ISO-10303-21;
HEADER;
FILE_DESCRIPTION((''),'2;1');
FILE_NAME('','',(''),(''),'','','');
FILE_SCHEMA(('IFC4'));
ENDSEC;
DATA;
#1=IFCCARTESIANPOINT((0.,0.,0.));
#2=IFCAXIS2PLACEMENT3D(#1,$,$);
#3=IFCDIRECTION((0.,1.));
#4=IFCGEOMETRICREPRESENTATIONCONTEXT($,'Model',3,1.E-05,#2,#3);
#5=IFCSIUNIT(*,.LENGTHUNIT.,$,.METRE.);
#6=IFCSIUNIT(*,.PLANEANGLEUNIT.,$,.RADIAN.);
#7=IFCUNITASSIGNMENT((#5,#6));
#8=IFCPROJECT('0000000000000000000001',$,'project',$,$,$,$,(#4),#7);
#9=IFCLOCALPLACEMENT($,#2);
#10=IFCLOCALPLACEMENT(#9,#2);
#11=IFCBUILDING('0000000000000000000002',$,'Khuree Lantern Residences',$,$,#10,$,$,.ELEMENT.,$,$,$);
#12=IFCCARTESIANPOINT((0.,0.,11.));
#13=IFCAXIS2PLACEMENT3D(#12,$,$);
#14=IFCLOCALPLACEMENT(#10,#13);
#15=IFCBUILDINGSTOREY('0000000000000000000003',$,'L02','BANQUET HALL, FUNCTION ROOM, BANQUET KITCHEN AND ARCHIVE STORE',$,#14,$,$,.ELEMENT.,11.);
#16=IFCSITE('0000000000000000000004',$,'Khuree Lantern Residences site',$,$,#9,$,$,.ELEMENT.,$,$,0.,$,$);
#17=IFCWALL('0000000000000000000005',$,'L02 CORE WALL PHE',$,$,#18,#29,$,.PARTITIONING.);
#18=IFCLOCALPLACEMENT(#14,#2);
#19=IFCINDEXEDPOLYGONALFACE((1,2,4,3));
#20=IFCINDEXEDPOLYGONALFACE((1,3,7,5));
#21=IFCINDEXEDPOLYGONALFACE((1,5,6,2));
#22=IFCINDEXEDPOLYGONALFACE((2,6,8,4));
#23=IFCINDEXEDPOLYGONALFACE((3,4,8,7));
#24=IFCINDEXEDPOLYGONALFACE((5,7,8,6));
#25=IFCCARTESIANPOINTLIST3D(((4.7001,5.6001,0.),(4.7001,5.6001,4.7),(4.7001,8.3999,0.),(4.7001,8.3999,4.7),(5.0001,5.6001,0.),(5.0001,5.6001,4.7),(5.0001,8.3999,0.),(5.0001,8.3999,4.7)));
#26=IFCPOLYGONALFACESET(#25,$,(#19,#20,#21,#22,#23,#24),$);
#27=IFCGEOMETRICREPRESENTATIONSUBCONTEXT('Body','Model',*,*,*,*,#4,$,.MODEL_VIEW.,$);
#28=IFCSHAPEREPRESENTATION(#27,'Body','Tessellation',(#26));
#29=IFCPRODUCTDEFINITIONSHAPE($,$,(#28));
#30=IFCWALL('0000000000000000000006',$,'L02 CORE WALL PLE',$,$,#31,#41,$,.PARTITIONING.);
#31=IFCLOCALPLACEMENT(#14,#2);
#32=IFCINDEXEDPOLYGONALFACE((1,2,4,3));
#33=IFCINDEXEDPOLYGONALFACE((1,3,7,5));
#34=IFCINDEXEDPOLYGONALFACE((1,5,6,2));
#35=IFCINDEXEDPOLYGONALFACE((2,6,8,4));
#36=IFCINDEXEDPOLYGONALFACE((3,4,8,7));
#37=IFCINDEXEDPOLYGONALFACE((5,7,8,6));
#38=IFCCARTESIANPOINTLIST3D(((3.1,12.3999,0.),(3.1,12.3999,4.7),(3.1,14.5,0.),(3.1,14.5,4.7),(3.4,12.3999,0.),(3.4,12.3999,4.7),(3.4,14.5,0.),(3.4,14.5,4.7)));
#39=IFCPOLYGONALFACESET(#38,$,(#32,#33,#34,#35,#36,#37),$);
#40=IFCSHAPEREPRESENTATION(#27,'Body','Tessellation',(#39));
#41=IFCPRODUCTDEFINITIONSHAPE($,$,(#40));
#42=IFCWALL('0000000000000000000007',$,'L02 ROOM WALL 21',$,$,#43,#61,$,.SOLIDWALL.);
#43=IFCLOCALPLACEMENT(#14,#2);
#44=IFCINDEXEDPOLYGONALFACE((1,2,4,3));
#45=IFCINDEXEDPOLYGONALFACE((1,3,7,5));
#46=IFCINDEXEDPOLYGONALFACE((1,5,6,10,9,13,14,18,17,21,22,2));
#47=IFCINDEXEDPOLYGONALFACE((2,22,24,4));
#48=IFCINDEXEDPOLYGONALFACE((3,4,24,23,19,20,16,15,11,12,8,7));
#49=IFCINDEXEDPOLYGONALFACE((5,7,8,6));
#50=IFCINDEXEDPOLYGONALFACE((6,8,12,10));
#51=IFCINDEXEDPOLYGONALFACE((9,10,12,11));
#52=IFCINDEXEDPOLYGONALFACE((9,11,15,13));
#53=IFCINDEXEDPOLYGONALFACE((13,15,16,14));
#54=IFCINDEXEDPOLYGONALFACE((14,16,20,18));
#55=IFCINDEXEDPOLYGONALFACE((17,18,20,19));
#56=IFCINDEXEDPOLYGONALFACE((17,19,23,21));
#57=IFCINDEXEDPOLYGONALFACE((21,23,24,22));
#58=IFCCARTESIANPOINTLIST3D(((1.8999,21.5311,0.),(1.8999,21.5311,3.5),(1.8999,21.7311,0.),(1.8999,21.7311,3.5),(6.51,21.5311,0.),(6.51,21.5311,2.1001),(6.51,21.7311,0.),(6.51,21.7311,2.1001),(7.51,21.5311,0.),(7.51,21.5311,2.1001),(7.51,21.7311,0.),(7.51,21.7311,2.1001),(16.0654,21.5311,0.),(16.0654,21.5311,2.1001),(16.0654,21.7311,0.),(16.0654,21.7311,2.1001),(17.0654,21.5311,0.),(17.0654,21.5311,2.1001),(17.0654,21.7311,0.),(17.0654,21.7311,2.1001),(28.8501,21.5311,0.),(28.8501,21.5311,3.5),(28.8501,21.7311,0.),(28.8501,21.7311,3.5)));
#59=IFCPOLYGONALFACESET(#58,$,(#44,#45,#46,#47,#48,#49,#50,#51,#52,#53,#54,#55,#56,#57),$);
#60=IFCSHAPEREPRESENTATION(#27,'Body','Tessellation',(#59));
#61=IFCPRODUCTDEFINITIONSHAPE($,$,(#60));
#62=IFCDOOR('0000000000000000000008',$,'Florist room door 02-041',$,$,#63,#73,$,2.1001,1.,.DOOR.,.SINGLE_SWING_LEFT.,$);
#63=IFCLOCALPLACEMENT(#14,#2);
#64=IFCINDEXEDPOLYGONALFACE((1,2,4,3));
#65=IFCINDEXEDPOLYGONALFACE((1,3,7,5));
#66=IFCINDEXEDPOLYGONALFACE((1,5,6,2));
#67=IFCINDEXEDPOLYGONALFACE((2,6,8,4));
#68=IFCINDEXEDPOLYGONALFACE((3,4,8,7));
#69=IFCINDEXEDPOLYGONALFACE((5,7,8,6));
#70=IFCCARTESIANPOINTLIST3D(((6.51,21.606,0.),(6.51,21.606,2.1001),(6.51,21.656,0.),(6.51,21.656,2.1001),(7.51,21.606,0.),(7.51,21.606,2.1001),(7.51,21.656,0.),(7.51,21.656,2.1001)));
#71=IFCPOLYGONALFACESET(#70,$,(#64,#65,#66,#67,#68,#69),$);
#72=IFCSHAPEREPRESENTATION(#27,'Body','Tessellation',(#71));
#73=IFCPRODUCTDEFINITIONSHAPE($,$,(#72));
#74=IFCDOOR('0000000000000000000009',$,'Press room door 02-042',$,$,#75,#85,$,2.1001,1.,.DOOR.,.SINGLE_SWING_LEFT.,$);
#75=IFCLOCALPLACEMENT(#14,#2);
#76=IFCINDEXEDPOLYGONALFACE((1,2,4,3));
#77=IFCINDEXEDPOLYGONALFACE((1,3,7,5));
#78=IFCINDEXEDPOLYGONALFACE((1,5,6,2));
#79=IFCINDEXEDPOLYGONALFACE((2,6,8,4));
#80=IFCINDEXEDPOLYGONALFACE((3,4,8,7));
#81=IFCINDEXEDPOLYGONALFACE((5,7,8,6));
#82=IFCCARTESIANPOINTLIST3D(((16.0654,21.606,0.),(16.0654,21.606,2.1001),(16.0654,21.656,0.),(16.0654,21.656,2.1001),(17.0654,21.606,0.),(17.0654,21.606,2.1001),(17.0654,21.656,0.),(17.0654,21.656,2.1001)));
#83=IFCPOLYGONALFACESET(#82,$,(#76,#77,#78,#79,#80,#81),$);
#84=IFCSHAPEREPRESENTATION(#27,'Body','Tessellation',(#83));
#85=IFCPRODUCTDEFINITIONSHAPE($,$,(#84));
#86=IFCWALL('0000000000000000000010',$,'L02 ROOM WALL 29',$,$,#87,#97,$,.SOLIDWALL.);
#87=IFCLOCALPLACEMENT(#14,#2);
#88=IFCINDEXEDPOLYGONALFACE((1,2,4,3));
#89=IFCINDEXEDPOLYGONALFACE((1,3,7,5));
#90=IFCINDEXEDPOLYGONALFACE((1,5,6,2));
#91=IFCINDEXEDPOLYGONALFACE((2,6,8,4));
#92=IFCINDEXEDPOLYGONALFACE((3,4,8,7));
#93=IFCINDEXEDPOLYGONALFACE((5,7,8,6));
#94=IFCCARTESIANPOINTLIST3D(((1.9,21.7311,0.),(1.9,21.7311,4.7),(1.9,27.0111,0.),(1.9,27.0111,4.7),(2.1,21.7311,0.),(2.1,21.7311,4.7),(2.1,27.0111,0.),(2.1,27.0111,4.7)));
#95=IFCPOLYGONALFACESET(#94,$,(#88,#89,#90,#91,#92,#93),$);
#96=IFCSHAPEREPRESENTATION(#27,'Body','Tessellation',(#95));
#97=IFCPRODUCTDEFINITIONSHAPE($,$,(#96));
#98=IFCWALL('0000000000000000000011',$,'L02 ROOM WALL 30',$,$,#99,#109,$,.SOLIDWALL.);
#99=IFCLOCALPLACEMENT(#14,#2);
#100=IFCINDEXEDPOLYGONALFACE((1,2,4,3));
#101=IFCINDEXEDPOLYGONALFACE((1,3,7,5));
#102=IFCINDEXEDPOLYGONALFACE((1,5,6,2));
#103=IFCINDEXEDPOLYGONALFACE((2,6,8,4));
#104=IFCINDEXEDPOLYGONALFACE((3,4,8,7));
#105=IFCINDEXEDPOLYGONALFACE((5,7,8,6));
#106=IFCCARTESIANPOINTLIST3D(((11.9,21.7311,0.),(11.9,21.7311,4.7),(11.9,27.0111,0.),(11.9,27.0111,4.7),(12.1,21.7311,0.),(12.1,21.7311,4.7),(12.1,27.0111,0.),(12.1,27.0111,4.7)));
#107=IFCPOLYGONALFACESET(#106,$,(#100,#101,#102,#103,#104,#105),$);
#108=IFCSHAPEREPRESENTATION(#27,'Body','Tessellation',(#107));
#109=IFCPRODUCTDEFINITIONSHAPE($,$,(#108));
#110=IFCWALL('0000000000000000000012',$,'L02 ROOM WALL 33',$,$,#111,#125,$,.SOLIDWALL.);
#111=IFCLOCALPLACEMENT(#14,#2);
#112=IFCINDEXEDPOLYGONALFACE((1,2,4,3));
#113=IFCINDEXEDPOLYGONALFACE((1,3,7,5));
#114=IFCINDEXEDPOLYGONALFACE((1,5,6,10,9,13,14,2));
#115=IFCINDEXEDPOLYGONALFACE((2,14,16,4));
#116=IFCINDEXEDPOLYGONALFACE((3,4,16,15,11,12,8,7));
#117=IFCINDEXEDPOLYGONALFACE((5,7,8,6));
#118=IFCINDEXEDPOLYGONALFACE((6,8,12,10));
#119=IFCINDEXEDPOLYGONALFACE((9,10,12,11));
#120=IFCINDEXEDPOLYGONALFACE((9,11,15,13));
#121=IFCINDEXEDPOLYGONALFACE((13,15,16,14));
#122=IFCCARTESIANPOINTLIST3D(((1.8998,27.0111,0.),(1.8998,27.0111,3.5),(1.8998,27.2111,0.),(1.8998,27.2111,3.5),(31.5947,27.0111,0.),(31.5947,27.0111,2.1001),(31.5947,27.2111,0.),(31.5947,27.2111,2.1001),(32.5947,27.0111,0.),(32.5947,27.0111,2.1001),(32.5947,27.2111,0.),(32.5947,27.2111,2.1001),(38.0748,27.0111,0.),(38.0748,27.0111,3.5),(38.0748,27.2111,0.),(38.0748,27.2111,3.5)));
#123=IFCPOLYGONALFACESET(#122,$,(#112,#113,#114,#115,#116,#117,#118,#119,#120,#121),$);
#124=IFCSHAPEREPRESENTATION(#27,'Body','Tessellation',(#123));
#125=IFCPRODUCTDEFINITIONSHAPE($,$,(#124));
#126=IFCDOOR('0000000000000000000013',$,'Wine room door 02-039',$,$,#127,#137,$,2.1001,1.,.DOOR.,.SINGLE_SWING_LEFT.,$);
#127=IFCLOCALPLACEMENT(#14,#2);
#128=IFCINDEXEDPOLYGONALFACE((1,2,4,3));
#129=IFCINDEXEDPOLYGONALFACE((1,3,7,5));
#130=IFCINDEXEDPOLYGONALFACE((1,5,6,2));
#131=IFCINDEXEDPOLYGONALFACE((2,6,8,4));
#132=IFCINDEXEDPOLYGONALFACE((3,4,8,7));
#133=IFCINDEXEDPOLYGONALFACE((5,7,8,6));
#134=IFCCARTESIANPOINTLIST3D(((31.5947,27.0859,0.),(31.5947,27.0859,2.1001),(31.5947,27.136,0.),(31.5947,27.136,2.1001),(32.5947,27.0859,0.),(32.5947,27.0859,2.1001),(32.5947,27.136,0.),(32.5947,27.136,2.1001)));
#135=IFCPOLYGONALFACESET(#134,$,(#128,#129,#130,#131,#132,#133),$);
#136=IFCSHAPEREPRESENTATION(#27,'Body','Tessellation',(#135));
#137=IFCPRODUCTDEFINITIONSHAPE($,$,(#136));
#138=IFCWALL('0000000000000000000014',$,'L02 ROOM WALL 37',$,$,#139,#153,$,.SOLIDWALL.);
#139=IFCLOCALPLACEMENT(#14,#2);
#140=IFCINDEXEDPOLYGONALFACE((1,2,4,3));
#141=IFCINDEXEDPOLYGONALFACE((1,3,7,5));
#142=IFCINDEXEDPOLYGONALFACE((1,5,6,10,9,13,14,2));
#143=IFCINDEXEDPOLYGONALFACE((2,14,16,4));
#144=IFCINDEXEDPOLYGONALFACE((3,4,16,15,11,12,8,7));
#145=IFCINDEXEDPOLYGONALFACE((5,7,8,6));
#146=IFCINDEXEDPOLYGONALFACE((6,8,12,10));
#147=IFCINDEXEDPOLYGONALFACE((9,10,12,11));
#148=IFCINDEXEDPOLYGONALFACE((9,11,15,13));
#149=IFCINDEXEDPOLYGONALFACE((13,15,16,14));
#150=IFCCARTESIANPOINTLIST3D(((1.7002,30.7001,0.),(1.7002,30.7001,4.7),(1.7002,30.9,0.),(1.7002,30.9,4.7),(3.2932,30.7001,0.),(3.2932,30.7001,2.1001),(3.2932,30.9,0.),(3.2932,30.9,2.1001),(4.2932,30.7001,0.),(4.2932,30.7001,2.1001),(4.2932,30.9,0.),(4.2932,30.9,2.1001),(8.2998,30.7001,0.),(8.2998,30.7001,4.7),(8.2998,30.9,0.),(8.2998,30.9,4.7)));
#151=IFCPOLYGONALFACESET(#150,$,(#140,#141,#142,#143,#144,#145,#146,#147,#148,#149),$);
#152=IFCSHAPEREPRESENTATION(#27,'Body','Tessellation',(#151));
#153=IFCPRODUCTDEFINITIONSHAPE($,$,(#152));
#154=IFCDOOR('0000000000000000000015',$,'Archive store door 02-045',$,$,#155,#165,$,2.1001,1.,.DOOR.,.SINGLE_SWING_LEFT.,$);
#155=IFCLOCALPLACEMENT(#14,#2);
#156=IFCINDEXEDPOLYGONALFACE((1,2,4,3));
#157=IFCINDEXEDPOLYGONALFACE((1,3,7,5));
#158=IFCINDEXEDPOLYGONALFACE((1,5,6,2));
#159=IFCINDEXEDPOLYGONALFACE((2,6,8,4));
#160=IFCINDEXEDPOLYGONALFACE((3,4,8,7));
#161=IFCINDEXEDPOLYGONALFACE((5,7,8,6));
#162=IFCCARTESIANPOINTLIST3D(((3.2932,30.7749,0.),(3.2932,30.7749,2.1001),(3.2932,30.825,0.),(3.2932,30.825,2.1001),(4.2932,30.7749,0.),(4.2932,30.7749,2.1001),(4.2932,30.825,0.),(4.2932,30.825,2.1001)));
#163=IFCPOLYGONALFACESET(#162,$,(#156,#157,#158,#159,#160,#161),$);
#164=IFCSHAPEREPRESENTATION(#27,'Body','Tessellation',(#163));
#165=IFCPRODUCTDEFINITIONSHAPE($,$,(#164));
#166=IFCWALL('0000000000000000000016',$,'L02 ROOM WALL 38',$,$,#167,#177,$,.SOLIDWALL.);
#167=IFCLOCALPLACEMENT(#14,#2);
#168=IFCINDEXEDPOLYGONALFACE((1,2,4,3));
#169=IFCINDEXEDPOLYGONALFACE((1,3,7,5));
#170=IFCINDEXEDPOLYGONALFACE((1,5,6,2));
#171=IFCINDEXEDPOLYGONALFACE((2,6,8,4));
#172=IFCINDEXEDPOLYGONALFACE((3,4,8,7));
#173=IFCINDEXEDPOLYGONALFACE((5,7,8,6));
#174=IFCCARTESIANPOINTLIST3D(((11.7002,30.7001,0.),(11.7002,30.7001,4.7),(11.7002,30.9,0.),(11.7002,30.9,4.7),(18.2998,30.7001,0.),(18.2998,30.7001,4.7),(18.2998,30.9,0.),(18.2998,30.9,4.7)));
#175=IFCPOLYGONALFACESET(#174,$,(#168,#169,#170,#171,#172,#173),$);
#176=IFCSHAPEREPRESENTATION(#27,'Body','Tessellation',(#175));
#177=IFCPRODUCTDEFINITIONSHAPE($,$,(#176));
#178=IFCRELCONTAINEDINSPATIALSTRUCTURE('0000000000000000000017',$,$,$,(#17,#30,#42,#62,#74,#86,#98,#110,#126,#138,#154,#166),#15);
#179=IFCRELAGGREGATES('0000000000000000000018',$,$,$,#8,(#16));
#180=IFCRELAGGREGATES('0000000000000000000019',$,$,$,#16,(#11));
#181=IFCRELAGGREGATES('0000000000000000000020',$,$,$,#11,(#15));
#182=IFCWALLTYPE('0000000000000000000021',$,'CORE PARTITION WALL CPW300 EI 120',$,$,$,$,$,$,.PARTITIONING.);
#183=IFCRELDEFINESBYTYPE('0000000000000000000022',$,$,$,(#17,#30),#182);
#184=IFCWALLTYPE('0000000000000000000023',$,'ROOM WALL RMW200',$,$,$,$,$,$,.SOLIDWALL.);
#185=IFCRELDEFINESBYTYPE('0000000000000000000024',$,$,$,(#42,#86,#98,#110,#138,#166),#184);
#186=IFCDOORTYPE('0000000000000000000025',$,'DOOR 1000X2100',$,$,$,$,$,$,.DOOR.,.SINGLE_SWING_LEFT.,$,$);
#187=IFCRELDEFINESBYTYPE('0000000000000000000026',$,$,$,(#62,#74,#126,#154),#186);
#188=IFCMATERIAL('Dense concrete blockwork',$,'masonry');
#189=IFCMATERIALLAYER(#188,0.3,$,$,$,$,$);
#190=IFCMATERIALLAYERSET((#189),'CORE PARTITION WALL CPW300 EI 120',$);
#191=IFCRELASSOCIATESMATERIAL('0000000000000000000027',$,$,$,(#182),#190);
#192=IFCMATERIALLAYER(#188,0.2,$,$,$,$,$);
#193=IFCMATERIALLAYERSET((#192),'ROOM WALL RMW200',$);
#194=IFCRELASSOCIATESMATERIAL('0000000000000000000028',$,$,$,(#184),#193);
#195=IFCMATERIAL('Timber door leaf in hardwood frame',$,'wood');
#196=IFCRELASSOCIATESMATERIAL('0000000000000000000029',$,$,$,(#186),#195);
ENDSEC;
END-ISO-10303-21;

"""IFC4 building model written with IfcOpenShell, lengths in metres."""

from ifc_helpers import new_model, si_unit, direction, frame, frame_2d, origin, place, context, subcontext, project, spatial, rectangle, extrude, material, layer, layer_set, type_object, element, fill, save


model = new_model("IFC4")

# Units and contexts
model_context = context("Model", 3, precision=1e-05, world=origin(), true_north=direction((0.0, 1.0)))
body_context = subcontext(model_context, "Body", "Model", "MODEL_VIEW")
ifc_project = project(units=[si_unit("LENGTHUNIT", "METRE"), si_unit("PLANEANGLEUNIT", "RADIAN")], contexts=[model_context])

# Site, building, storey
site_placement = place(None, origin())
site = spatial("IfcSite", under=ifc_project, at=site_placement, Name="Khuree Lantern Residences site", CompositionType="ELEMENT", RefElevation=0.0)
building_placement = place(site_placement, origin())
building = spatial("IfcBuilding", under=site, at=building_placement, Name="Khuree Lantern Residences", CompositionType="ELEMENT")
storey_placement = place(building_placement, frame((0.0, 0.0, 11.0)))
storey = spatial("IfcBuildingStorey", under=building, at=storey_placement, Name="L02", Description="BANQUET HALL, FUNCTION ROOM, BANQUET KITCHEN AND ARCHIVE STORE", CompositionType="ELEMENT", Elevation=11.0)

# Walls
ifc_material_1 = material(Name="Dense concrete blockwork", Category="masonry")
ifc_layer_1 = layer(ifc_material_1, 0.3)
ifc_layer_set_1 = layer_set([ifc_layer_1], Name="CORE PARTITION WALL CPW300 EI 120")
wall_type_1 = type_object("IfcWallType", Name="CORE PARTITION WALL CPW300 EI 120", PredefinedType="PARTITIONING", material=ifc_layer_set_1)
wall_1_placement = place(storey_placement, frame((4.8501, 5.6001, 0.0), z_axis=(0.0, 0.0, 1.0), x_axis=(0.0, 1.0, 0.0)))
element("IfcWall", 1, at=wall_1_placement, inside=storey, type_object=wall_type_1, Name="L02 CORE WALL PHE", PredefinedType="PARTITIONING", context=body_context, shape_type="SweptSolid", body=[
    extrude(rectangle(XDim=2.7998, YDim=0.3, at=frame_2d((1.3999, 0.0))), origin(), (0.0, 0.0, 1.0), 4.7),
])
wall_2_placement = place(storey_placement, frame((3.25, 12.3999, 0.0), z_axis=(0.0, 0.0, 1.0), x_axis=(0.0, 1.0, 0.0)))
element("IfcWall", 2, at=wall_2_placement, inside=storey, type_object=wall_type_1, Name="L02 CORE WALL PLE", PredefinedType="PARTITIONING", context=body_context, shape_type="SweptSolid", body=[
    extrude(rectangle(XDim=2.1001, YDim=0.3, at=frame_2d((1.05, 0.0))), origin(), (0.0, 0.0, 1.0), 4.7),
])

# Wall, openings, doors
ifc_layer_2 = layer(ifc_material_1, 0.2)
ifc_layer_set_2 = layer_set([ifc_layer_2], Name="ROOM WALL RMW200")
wall_type_2 = type_object("IfcWallType", Name="ROOM WALL RMW200", PredefinedType="SOLIDWALL", material=ifc_layer_set_2)
wall_3_placement = place(storey_placement, frame((1.8999, 21.6311, 0.0), z_axis=(0.0, 0.0, 1.0), x_axis=(1.0, 0.0, 0.0)))
wall_3 = element("IfcWall", 3, at=wall_3_placement, inside=storey, type_object=wall_type_2, Name="L02 ROOM WALL 21", PredefinedType="SOLIDWALL", context=body_context, shape_type="SweptSolid", body=[
    extrude(rectangle(XDim=26.9502, YDim=0.2, at=frame_2d((13.4751, 0.0))), origin(), (0.0, 0.0, 1.0), 3.5),
])
opening_1_placement = place(wall_3_placement, frame((4.6101, 0.0, 0.0)))
opening_1 = element("IfcOpeningElement", 4, at=opening_1_placement, cuts=wall_3, PredefinedType="OPENING", context=body_context, shape_type="SweptSolid", body=[
    extrude(rectangle(XDim=1.0, YDim=2.1001, at=frame_2d((0.5, 1.05))), frame((0.0, 0.1099, 0.0), z_axis=(0.0, -1.0, 0.0), x_axis=(1.0, 0.0, 0.0)), (0.0, 0.0, 1.0), 0.22),
])
opening_2_placement = place(wall_3_placement, frame((14.1655, 0.0, 0.0)))
opening_2 = element("IfcOpeningElement", 5, at=opening_2_placement, cuts=wall_3, PredefinedType="OPENING", context=body_context, shape_type="SweptSolid", body=[
    extrude(rectangle(XDim=1.0, YDim=2.1001, at=frame_2d((0.5, 1.05))), frame((0.0, 0.1099, 0.0), z_axis=(0.0, -1.0, 0.0), x_axis=(1.0, 0.0, 0.0)), (0.0, 0.0, 1.0), 0.22),
])
ifc_material_2 = material(Name="Timber door leaf in hardwood frame", Category="wood")
door_type = type_object("IfcDoorType", Name="DOOR 1000X2100", OperationType="SINGLE_SWING_LEFT", PredefinedType="DOOR", material=ifc_material_2)
door_1_placement = place(opening_1_placement, origin())
door_1 = element("IfcDoor", 6, at=door_1_placement, inside=storey, type_object=door_type, Name="Florist room door 02-041", OperationType="SINGLE_SWING_LEFT", OverallHeight=2.1001, OverallWidth=1.0, PredefinedType="DOOR", context=body_context, shape_type="SweptSolid", body=[
    extrude(rectangle(XDim=1.0, YDim=2.1001, at=frame_2d((0.5, 1.05))), frame((0.0, 0.0249, 0.0), z_axis=(0.0, -1.0, 0.0), x_axis=(1.0, 0.0, 0.0)), (0.0, 0.0, 1.0), 0.05),
])
fill(opening_1, door_1)
door_2_placement = place(opening_2_placement, origin())
door_2 = element("IfcDoor", 7, at=door_2_placement, inside=storey, type_object=door_type, Name="Press room door 02-042", OperationType="SINGLE_SWING_LEFT", OverallHeight=2.1001, OverallWidth=1.0, PredefinedType="DOOR", context=body_context, shape_type="SweptSolid", body=[
    extrude(rectangle(XDim=1.0, YDim=2.1001, at=frame_2d((0.5, 1.05))), frame((0.0, 0.0249, 0.0), z_axis=(0.0, -1.0, 0.0), x_axis=(1.0, 0.0, 0.0)), (0.0, 0.0, 1.0), 0.05),
])
fill(opening_2, door_2)

# Walls
for number, where, z_axis, x_axis, name in (
    (8, (2.0, 21.731, 0.0), (0.0, 0.0, 1.0), (0.0, 1.0, 0.0), "L02 ROOM WALL 29"),
    (9, (12.0, 21.731, 0.0), (0.0, 0.0, 1.0), (0.0, 1.0, 0.0), "L02 ROOM WALL 30"),
):
    element("IfcWall", number, at=place(storey_placement, frame(where, z_axis=z_axis, x_axis=x_axis)), inside=storey, type_object=wall_type_2, Name=name, PredefinedType="SOLIDWALL", context=body_context, shape_type="SweptSolid", body=[
        extrude(rectangle(XDim=5.28, YDim=0.2, at=frame_2d((2.6401, 0.0))), origin(), (0.0, 0.0, 1.0), 4.7),
    ])

# Walls, openings, doors
wall_4_placement = place(storey_placement, frame((1.8999, 27.1111, 0.0), z_axis=(0.0, 0.0, 1.0), x_axis=(1.0, 0.0, 0.0)))
wall_4 = element("IfcWall", 10, at=wall_4_placement, inside=storey, type_object=wall_type_2, Name="L02 ROOM WALL 33", PredefinedType="SOLIDWALL", context=body_context, shape_type="SweptSolid", body=[
    extrude(rectangle(XDim=36.175, YDim=0.2, at=frame_2d((18.0874, 0.0))), origin(), (0.0, 0.0, 1.0), 3.5),
])
opening_3_placement = place(wall_4_placement, frame((29.6948, 0.0, 0.0)))
opening_3 = element("IfcOpeningElement", 11, at=opening_3_placement, cuts=wall_4, PredefinedType="OPENING", context=body_context, shape_type="SweptSolid", body=[
    extrude(rectangle(XDim=1.0, YDim=2.1001, at=frame_2d((0.5, 1.05))), frame((0.0, 0.1099, 0.0), z_axis=(0.0, -1.0, 0.0), x_axis=(1.0, 0.0, 0.0)), (0.0, 0.0, 1.0), 0.22),
])
door_3_placement = place(opening_3_placement, origin())
door_3 = element("IfcDoor", 12, at=door_3_placement, inside=storey, type_object=door_type, Name="Wine room door 02-039", OperationType="SINGLE_SWING_LEFT", OverallHeight=2.1001, OverallWidth=1.0, PredefinedType="DOOR", context=body_context, shape_type="SweptSolid", body=[
    extrude(rectangle(XDim=1.0, YDim=2.1001, at=frame_2d((0.5, 1.05))), frame((0.0, 0.0249, 0.0), z_axis=(0.0, -1.0, 0.0), x_axis=(1.0, 0.0, 0.0)), (0.0, 0.0, 1.0), 0.05),
])
fill(opening_3, door_3)
wall_5_placement = place(storey_placement, frame((1.7002, 30.8, 0.0), z_axis=(0.0, 0.0, 1.0), x_axis=(1.0, 0.0, 0.0)))
wall_5 = element("IfcWall", 13, at=wall_5_placement, inside=storey, type_object=wall_type_2, Name="L02 ROOM WALL 37", PredefinedType="SOLIDWALL", context=body_context, shape_type="SweptSolid", body=[
    extrude(rectangle(XDim=6.5996, YDim=0.2, at=frame_2d((3.2998, 0.0))), origin(), (0.0, 0.0, 1.0), 4.7),
])
opening_4_placement = place(wall_5_placement, frame((1.593, 0.0, 0.0)))
opening_4 = element("IfcOpeningElement", 14, at=opening_4_placement, cuts=wall_5, PredefinedType="OPENING", context=body_context, shape_type="SweptSolid", body=[
    extrude(rectangle(XDim=1.0, YDim=2.1001, at=frame_2d((0.5, 1.05))), frame((0.0, 0.1099, 0.0), z_axis=(0.0, -1.0, 0.0), x_axis=(1.0, 0.0, 0.0)), (0.0, 0.0, 1.0), 0.22),
])
door_4_placement = place(opening_4_placement, origin())
door_4 = element("IfcDoor", 15, at=door_4_placement, inside=storey, type_object=door_type, Name="Archive store door 02-045", OperationType="SINGLE_SWING_LEFT", OverallHeight=2.1001, OverallWidth=1.0, PredefinedType="DOOR", context=body_context, shape_type="SweptSolid", body=[
    extrude(rectangle(XDim=1.0, YDim=2.1001, at=frame_2d((0.5, 1.05))), frame((0.0, 0.0249, 0.0), z_axis=(0.0, -1.0, 0.0), x_axis=(1.0, 0.0, 0.0)), (0.0, 0.0, 1.0), 0.05),
])
fill(opening_4, door_4)

# Wall
wall_6_placement = place(storey_placement, frame((11.7002, 30.8, 0.0), z_axis=(0.0, 0.0, 1.0), x_axis=(1.0, 0.0, 0.0)))
element("IfcWall", 16, at=wall_6_placement, inside=storey, type_object=wall_type_2, Name="L02 ROOM WALL 38", PredefinedType="SOLIDWALL", context=body_context, shape_type="SweptSolid", body=[
    extrude(rectangle(XDim=6.5996, YDim=0.2, at=frame_2d((3.2998, 0.0))), origin(), (0.0, 0.0, 1.0), 4.7),
])

save(model, "model.ifc")
